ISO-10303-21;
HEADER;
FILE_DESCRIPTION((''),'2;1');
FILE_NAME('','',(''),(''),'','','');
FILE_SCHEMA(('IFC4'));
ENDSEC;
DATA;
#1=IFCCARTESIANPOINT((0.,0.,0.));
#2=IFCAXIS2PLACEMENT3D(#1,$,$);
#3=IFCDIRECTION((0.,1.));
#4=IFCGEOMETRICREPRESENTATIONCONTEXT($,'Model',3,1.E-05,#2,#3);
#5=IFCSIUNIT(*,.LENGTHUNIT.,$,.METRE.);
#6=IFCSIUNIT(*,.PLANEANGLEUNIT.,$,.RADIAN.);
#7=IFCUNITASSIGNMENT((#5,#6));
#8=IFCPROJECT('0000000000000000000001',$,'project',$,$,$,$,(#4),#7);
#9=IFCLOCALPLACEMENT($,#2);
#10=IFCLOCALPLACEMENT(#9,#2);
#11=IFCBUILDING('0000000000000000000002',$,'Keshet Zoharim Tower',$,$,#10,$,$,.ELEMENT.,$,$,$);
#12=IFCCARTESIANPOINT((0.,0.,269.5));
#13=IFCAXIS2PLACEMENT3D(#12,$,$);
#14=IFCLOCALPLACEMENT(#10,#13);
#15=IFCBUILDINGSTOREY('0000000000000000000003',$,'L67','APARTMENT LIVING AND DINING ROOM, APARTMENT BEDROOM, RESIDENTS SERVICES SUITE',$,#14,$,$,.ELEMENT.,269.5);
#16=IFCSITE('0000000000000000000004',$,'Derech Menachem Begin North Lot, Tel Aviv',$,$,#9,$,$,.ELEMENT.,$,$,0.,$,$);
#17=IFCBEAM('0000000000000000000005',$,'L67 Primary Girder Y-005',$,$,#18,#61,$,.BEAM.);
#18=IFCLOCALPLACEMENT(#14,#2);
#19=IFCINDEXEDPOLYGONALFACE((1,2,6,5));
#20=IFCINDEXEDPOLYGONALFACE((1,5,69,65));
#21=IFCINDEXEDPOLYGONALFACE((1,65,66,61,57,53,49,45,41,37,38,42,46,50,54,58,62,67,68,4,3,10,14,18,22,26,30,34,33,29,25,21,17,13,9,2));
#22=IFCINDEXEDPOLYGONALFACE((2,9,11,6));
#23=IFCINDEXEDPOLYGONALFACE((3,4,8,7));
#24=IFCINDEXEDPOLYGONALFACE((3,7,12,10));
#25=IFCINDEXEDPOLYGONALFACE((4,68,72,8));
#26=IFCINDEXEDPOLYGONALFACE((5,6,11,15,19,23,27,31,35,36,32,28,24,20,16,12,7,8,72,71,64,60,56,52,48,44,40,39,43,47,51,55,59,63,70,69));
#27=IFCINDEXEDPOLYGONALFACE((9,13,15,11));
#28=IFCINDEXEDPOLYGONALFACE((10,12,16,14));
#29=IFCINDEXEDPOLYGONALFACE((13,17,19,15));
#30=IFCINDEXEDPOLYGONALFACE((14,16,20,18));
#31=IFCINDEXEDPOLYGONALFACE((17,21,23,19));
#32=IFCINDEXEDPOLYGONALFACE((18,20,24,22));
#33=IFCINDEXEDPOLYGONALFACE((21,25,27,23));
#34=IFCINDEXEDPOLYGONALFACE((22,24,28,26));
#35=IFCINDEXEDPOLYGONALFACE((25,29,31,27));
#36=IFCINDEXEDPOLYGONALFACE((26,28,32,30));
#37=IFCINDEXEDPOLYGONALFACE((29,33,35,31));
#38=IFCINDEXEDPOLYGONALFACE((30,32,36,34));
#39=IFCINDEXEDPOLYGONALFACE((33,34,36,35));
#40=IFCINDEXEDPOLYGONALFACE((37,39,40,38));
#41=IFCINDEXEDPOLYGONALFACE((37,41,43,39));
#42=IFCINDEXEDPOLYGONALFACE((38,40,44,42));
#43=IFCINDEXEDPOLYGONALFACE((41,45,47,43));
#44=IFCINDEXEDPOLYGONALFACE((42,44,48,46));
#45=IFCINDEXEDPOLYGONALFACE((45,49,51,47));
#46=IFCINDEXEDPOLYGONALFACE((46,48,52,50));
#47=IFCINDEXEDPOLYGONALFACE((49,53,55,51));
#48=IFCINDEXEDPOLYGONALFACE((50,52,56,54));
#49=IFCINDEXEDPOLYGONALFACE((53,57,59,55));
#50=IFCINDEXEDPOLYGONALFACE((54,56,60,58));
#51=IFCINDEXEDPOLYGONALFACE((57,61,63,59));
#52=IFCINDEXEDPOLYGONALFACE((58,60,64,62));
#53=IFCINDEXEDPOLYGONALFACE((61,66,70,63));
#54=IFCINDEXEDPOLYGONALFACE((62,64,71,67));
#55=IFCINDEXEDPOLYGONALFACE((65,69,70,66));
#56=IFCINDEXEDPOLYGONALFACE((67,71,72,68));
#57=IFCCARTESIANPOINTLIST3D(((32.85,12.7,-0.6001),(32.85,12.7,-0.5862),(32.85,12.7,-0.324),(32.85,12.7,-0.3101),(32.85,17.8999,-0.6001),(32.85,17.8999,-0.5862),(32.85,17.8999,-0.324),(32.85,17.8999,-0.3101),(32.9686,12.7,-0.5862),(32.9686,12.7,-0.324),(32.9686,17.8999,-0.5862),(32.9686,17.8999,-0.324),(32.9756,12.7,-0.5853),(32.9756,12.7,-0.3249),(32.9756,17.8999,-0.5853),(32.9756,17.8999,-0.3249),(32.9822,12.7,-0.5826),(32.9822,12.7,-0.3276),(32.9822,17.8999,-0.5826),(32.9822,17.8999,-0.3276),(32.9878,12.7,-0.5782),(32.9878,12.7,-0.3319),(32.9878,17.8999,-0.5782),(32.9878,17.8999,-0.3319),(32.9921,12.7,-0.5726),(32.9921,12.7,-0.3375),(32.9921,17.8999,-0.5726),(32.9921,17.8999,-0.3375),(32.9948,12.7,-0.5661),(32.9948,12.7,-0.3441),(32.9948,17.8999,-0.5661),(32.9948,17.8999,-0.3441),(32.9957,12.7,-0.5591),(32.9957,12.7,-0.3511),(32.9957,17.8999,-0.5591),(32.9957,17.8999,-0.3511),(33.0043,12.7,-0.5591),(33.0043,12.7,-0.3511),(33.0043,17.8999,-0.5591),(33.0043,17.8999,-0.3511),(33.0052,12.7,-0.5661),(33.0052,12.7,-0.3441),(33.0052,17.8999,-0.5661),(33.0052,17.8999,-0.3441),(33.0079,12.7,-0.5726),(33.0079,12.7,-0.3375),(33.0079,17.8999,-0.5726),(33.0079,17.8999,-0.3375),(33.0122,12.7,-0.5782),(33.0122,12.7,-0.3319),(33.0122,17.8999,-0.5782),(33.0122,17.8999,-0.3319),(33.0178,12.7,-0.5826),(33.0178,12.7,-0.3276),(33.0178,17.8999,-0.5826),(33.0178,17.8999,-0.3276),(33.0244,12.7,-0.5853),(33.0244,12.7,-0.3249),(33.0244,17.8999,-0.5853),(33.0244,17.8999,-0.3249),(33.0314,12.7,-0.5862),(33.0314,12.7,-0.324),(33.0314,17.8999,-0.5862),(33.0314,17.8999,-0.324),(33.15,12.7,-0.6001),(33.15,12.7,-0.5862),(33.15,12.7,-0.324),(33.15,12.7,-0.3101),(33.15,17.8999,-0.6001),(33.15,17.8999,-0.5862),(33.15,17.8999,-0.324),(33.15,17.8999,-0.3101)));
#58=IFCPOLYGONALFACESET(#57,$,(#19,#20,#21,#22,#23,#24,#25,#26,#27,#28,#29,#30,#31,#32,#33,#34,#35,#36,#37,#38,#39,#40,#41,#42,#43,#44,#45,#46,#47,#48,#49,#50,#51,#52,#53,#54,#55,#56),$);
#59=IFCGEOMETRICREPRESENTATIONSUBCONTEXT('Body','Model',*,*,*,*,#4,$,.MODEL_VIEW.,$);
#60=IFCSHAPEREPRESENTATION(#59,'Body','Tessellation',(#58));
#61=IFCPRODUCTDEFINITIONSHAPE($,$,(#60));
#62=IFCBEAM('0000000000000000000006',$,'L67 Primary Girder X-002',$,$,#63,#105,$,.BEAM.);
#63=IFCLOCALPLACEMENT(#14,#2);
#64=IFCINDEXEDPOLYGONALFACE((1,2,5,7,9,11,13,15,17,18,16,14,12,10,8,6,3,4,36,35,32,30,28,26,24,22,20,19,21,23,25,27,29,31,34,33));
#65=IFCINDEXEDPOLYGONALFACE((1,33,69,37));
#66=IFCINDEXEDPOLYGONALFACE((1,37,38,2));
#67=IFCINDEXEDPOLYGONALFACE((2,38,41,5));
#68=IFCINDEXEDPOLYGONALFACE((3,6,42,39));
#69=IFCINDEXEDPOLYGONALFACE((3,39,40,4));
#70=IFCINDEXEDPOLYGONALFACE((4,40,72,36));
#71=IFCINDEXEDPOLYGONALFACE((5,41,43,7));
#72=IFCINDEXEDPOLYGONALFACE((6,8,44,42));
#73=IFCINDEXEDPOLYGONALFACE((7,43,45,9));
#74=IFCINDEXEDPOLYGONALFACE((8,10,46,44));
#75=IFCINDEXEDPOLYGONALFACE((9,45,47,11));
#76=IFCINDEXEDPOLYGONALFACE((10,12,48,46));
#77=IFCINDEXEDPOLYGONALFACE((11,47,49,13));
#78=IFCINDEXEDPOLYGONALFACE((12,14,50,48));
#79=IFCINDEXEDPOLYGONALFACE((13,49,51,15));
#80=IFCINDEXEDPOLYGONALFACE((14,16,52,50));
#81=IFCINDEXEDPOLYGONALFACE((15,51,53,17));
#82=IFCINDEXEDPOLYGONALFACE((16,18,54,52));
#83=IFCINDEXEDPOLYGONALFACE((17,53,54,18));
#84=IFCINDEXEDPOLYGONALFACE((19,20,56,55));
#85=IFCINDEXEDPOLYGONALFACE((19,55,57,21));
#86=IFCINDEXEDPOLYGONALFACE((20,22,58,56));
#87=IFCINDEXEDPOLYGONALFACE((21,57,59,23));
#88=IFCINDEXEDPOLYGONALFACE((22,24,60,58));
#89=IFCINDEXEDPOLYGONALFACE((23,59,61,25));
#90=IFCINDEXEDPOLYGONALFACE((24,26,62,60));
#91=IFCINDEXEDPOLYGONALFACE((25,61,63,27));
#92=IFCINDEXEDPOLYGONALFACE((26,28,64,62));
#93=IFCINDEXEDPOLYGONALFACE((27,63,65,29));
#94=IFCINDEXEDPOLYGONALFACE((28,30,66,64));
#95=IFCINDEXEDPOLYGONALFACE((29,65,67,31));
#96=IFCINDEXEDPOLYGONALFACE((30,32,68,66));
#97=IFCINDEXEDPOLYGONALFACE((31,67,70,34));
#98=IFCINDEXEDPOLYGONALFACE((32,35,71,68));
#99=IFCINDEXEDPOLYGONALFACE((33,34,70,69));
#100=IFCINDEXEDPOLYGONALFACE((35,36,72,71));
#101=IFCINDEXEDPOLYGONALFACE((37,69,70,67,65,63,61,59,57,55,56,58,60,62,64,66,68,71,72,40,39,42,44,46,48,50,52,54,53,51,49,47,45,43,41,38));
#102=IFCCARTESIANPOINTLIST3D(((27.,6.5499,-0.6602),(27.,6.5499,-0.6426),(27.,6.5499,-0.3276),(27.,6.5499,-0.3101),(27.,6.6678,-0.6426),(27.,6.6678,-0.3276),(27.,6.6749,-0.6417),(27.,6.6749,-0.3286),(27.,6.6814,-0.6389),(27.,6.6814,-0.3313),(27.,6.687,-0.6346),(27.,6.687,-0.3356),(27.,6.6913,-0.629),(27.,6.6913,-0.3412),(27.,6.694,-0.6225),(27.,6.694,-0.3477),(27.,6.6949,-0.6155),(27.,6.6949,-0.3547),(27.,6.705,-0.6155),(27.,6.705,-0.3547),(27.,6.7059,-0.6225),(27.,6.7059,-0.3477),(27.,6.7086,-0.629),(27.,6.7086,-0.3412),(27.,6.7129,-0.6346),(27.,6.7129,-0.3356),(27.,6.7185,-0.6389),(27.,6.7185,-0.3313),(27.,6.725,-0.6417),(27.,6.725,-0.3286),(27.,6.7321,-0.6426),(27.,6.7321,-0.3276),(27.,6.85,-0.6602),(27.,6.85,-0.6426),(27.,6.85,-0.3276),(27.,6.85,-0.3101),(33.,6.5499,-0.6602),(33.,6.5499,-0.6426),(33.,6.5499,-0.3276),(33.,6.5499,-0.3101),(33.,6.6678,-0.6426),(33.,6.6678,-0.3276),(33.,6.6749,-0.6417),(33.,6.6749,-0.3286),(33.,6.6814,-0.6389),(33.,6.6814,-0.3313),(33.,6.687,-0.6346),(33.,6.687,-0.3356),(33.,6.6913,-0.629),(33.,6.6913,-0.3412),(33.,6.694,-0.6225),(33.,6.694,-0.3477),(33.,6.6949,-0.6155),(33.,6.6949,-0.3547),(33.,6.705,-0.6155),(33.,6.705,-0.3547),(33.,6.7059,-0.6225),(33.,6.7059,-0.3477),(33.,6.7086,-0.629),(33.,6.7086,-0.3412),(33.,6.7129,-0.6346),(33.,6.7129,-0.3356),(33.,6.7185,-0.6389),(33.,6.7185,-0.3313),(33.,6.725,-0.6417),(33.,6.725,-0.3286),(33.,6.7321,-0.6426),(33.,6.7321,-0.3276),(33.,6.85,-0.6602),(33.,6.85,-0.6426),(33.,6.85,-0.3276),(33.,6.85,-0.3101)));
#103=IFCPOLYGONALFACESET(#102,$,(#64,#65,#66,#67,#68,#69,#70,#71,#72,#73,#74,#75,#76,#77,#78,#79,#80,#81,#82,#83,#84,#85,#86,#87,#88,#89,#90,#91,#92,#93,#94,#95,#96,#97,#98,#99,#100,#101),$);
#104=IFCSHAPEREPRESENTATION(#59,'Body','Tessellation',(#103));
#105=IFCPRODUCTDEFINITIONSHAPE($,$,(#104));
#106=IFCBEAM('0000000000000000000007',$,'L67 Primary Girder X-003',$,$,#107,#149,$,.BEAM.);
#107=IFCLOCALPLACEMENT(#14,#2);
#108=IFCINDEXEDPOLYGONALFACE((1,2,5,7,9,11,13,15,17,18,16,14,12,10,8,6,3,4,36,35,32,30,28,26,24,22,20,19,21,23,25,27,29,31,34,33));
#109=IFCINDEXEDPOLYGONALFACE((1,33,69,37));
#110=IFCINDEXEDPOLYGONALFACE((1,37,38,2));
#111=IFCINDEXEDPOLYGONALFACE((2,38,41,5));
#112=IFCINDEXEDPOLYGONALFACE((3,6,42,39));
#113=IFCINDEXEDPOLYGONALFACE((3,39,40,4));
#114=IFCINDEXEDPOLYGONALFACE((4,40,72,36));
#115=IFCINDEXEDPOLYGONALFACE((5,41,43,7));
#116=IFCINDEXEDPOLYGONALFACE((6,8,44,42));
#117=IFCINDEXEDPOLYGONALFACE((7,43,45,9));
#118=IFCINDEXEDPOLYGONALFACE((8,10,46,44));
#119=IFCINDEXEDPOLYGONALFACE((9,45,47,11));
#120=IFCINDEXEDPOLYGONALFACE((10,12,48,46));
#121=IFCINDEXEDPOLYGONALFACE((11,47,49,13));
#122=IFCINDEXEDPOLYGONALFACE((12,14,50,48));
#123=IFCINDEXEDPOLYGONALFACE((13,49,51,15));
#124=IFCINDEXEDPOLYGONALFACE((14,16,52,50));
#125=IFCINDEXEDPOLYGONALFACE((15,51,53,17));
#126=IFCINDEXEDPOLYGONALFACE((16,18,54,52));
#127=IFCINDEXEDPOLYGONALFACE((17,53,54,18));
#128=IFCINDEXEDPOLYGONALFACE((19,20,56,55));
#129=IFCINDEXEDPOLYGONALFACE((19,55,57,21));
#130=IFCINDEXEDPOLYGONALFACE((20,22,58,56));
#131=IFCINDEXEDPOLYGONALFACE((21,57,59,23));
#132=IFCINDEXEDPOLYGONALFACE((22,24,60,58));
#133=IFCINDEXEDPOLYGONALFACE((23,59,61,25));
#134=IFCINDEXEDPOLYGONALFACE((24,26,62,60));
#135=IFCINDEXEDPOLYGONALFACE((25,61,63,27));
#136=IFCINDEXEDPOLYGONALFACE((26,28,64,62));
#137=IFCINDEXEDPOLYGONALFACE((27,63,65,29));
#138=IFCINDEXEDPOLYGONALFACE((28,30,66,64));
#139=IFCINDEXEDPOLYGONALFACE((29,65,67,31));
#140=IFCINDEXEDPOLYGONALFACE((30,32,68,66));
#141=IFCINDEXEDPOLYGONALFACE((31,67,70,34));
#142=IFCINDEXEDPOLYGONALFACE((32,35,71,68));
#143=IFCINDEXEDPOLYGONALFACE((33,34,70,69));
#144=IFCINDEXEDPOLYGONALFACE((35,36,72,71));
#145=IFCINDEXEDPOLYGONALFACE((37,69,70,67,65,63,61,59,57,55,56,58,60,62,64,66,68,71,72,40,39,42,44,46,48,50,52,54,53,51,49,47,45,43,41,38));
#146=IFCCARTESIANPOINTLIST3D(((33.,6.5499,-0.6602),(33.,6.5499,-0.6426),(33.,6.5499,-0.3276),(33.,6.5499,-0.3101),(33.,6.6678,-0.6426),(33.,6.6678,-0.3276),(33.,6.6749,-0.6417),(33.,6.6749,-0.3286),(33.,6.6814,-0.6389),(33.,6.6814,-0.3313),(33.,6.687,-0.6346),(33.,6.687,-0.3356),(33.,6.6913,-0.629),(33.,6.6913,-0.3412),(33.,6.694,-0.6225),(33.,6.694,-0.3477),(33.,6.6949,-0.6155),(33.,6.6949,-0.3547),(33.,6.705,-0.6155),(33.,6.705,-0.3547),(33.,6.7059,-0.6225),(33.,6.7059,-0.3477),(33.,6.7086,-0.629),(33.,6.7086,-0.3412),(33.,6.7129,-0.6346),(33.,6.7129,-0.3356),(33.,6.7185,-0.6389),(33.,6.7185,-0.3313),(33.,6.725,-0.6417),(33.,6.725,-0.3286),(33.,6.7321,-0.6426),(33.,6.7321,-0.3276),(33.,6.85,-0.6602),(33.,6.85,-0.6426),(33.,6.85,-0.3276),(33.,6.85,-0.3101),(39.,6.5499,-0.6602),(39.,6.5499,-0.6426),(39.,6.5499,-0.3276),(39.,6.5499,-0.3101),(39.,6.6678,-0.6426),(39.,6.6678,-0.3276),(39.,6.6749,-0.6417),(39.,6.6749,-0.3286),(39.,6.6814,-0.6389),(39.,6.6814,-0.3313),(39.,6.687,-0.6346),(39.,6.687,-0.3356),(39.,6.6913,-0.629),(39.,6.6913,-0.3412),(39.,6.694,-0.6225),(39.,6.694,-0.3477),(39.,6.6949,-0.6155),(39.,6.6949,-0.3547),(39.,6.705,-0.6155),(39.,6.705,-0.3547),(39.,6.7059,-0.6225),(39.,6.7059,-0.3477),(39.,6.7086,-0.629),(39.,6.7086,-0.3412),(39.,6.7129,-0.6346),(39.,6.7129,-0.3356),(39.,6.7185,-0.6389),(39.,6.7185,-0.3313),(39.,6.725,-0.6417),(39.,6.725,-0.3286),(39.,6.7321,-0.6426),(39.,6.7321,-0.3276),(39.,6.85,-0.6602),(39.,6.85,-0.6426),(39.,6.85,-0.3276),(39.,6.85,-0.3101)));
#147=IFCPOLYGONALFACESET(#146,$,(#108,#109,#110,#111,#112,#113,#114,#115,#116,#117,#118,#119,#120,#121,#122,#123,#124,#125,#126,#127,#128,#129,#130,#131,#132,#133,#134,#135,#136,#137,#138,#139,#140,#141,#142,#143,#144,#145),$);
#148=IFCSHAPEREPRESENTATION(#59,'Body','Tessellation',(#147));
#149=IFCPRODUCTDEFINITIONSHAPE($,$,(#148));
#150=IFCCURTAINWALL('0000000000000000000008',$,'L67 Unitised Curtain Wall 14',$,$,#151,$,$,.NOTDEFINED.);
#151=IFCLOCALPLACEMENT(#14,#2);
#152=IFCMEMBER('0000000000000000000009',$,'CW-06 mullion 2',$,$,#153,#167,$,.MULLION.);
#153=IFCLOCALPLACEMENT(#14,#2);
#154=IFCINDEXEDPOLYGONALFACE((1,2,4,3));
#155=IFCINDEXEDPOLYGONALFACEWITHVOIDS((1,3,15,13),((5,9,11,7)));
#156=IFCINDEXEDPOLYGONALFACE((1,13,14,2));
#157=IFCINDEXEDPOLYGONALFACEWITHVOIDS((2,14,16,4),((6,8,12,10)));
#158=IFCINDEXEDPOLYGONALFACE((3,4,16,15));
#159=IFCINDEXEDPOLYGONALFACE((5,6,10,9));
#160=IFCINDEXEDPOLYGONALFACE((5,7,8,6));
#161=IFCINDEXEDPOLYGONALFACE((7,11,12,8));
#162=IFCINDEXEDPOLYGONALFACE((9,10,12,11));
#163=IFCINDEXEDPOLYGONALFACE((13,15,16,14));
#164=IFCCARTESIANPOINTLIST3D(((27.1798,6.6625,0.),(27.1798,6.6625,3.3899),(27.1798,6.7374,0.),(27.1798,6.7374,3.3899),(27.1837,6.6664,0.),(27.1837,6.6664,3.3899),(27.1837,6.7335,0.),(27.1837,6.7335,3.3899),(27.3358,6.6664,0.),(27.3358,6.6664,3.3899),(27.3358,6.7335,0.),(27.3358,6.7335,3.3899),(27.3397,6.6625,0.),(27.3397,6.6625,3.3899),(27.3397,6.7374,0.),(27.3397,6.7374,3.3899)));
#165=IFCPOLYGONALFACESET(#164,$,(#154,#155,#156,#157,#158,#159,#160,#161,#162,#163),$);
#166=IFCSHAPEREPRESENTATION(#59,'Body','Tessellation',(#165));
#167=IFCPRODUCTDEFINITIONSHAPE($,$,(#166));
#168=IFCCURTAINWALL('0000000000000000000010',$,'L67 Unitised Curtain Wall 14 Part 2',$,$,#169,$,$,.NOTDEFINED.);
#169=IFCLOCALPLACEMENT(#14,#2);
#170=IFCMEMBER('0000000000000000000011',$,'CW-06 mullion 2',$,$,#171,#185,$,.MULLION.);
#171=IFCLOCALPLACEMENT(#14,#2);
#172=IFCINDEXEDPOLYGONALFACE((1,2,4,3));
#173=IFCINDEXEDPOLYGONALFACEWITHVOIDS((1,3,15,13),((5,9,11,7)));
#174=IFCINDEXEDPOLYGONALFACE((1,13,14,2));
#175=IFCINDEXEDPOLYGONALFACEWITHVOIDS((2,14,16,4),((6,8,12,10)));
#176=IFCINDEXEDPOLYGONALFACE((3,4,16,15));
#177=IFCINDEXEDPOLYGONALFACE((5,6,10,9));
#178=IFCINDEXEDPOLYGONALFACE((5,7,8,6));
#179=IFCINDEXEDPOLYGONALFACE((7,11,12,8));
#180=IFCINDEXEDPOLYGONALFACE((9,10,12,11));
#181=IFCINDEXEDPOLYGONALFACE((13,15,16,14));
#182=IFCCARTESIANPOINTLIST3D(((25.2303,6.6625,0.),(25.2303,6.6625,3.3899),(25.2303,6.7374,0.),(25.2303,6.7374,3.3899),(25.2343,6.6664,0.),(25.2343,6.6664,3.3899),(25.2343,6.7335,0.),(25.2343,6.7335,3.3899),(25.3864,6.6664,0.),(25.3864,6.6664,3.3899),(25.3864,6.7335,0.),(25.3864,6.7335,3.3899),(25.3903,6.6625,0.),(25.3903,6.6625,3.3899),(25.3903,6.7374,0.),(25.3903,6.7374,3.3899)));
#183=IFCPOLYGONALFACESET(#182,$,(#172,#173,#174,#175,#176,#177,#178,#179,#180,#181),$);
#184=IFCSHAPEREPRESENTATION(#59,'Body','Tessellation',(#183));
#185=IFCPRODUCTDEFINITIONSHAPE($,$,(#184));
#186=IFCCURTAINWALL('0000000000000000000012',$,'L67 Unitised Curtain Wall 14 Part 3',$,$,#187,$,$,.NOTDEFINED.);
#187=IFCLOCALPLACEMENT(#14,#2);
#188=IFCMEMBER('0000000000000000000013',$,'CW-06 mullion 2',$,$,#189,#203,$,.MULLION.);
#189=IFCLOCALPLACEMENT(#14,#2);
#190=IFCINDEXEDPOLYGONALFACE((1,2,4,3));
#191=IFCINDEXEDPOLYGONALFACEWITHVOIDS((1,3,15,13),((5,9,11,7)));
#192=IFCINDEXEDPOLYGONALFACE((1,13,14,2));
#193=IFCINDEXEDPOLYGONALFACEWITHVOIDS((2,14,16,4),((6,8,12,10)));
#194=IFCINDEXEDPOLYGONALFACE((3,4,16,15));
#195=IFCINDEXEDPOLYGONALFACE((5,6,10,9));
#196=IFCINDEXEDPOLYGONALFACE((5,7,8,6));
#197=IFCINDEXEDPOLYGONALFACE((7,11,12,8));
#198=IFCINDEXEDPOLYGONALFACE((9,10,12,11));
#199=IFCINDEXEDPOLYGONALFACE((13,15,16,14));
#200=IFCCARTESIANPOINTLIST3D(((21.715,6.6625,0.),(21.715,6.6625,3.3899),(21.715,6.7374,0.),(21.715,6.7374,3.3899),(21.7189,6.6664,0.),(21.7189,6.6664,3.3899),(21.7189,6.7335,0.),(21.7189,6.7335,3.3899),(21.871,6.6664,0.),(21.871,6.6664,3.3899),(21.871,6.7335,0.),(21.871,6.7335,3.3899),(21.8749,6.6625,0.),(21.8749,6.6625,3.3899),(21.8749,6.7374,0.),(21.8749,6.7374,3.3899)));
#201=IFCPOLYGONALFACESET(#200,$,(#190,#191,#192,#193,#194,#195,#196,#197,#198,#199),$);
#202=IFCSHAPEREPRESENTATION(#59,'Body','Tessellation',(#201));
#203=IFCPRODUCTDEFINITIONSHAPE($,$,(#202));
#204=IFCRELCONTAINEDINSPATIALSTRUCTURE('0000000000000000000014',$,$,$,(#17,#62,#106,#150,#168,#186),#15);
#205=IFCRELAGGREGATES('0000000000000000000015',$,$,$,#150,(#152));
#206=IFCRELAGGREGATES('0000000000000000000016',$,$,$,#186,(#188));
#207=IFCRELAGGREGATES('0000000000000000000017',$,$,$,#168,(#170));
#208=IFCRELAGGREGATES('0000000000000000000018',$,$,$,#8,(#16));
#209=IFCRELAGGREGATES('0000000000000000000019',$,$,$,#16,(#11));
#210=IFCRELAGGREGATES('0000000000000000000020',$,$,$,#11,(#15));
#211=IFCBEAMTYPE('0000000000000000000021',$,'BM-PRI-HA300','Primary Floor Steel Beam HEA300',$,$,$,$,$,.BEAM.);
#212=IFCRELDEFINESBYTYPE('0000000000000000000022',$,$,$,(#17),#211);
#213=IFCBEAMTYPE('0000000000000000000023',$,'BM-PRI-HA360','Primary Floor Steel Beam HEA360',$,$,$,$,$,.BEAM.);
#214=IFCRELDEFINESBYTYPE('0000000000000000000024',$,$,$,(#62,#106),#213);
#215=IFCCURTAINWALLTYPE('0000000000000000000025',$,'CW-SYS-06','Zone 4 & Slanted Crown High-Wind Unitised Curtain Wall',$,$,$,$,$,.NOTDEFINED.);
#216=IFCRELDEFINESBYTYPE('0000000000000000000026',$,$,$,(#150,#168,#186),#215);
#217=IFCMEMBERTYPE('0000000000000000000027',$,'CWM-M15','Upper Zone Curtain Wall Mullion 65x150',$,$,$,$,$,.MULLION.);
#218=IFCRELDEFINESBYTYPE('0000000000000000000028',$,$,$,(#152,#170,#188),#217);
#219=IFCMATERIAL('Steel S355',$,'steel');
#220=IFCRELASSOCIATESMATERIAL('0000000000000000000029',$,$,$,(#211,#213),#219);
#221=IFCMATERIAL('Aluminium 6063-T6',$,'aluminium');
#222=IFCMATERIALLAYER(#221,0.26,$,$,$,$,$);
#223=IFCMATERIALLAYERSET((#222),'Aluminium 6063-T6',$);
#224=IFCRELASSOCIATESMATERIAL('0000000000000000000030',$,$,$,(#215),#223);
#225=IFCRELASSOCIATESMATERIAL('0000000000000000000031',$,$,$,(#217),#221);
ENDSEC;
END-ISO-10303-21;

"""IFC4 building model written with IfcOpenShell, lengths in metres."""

from ifc_helpers import new_model, si_unit, direction, frame, origin, origin_2d, place, context, subcontext, project, spatial, hollow_rectangle, i_section, extrude, material, layer, layer_set, material_profile, profile_set, type_object, element, aggregate, save


model = new_model("IFC4")

# Units and contexts
model_context = context("Model", 3, precision=1e-05, world=origin(), true_north=direction((0.0, 1.0)))
body_context = subcontext(model_context, "Body", "Model", "MODEL_VIEW")
ifc_project = project(units=[si_unit("LENGTHUNIT", "METRE"), si_unit("PLANEANGLEUNIT", "RADIAN")], contexts=[model_context])

# Site, building, storey
site_placement = place(None, origin())
site = spatial("IfcSite", under=ifc_project, at=site_placement, Name="Derech Menachem Begin North Lot, Tel Aviv", CompositionType="ELEMENT", RefElevation=0.0)
building_placement = place(site_placement, origin())
building = spatial("IfcBuilding", under=site, at=building_placement, Name="Keshet Zoharim Tower", CompositionType="ELEMENT")
storey_placement = place(building_placement, frame((0.0, 0.0, 269.5)))
storey = spatial("IfcBuildingStorey", under=building, at=storey_placement, Name="L67", Description="APARTMENT LIVING AND DINING ROOM, APARTMENT BEDROOM, RESIDENTS SERVICES SUITE", CompositionType="ELEMENT", Elevation=269.5)

# Shared definitions
ifc_material_1 = material(Name="Steel S355", Category="steel")

# Beams
ifc_material_profile_1 = material_profile(ifc_material_1, i_section(OverallWidth=0.3, OverallDepth=0.29, WebThickness=0.0085, FlangeThickness=0.0139, FilletRadius=0.0271, at=origin_2d()), Name="HEA300")
ifc_profile_set_1 = profile_set([ifc_material_profile_1], Name="Steel S355")
beam_type_1 = type_object("IfcBeamType", Name="BM-PRI-HA300", Description="Primary Floor Steel Beam HEA300", PredefinedType="BEAM", material=ifc_profile_set_1)
beam_1_placement = place(storey_placement, frame((33.0, 12.7, -0.4551), z_axis=(0.0, 1.0, 0.0), x_axis=(-1.0, 0.0, 0.0)))
element("IfcBeam", 1, at=beam_1_placement, inside=storey, type_object=beam_type_1, Name="L67 Primary Girder Y-005", PredefinedType="BEAM", context=body_context, shape_type="SweptSolid", body=[
    extrude(i_section(OverallWidth=0.3, OverallDepth=0.29, WebThickness=0.0085, FlangeThickness=0.0139, FilletRadius=0.0271, at=origin_2d()), origin(), (0.0, 0.0, 1.0), 5.2),
])
ifc_material_profile_2 = material_profile(ifc_material_1, i_section(OverallWidth=0.3, OverallDepth=0.3501, WebThickness=0.01, FlangeThickness=0.0176, FilletRadius=0.0271, at=origin_2d()), Name="HEA360")
ifc_profile_set_2 = profile_set([ifc_material_profile_2], Name="Steel S355")
beam_type_2 = type_object("IfcBeamType", Name="BM-PRI-HA360", Description="Primary Floor Steel Beam HEA360", PredefinedType="BEAM", material=ifc_profile_set_2)
for number, where, z_axis, x_axis, name in (
    (2, (27.0, 6.7, -0.4851), (1.0, 0.0, 0.0), (0.0, 1.0, 0.0), "L67 Primary Girder X-002"),
    (3, (33.0, 6.7, -0.4851), (1.0, 0.0, 0.0), (0.0, 1.0, 0.0), "L67 Primary Girder X-003"),
):
    element("IfcBeam", number, at=place(storey_placement, frame(where, z_axis=z_axis, x_axis=x_axis)), inside=storey, type_object=beam_type_2, Name=name, PredefinedType="BEAM", context=body_context, shape_type="SweptSolid", body=[
        extrude(i_section(OverallWidth=0.3, OverallDepth=0.3501, WebThickness=0.01, FlangeThickness=0.0176, FilletRadius=0.0271, at=origin_2d()), origin(), (0.0, 0.0, 1.0), 6.0),
    ])

# Curtain walls, members
ifc_material_2 = material(Name="Aluminium 6063-T6", Category="aluminium")
ifc_layer_1 = layer(ifc_material_2, 0.26)
ifc_layer_set_1 = layer_set([ifc_layer_1], Name="Aluminium 6063-T6")
curtain_wall_type = type_object("IfcCurtainWallType", Name="CW-SYS-06", Description="Zone 4 & Slanted Crown High-Wind Unitised Curtain Wall", PredefinedType="NOTDEFINED", material=ifc_layer_set_1)
curtain_wall_1_placement = place(storey_placement, origin())
curtain_wall_1 = element("IfcCurtainWall", 4, at=curtain_wall_1_placement, inside=storey, type_object=curtain_wall_type, Name="L67 Unitised Curtain Wall 14", PredefinedType="NOTDEFINED")
ifc_material_profile_3 = material_profile(ifc_material_2, hollow_rectangle(XDim=0.075, YDim=0.1599, WallThickness=0.0039, at=origin_2d()), Name="MUL-75x160")
ifc_profile_set_3 = profile_set([ifc_material_profile_3], Name="Aluminium 6063-T6")
member_type_1 = type_object("IfcMemberType", Name="CWM-M15", Description="Upper Zone Curtain Wall Mullion 65x150", PredefinedType="MULLION", material=ifc_profile_set_3)
member_1_placement = place(storey_placement, frame((27.2598, 6.7, 0.0), z_axis=(0.0, 0.0, 1.0), x_axis=(0.0, -1.0, 0.0)))
member_1 = element("IfcMember", 5, at=member_1_placement, type_object=member_type_1, Name="CW-06 mullion 2", PredefinedType="MULLION", context=body_context, shape_type="SweptSolid", body=[
    extrude(hollow_rectangle(XDim=0.075, YDim=0.1599, WallThickness=0.0039, at=origin_2d()), origin(), (0.0, 0.0, 1.0), 3.3899),
])
aggregate(curtain_wall_1, [member_1])
curtain_wall_2_placement = place(storey_placement, origin())
curtain_wall_2 = element("IfcCurtainWall", 6, at=curtain_wall_2_placement, inside=storey, type_object=curtain_wall_type, Name="L67 Unitised Curtain Wall 14 Part 2", PredefinedType="NOTDEFINED")
member_2_placement = place(storey_placement, frame((25.3103, 6.7, 0.0), z_axis=(0.0, 0.0, 1.0), x_axis=(0.0, -1.0, 0.0)))
member_2 = element("IfcMember", 7, at=member_2_placement, type_object=member_type_1, Name="CW-06 mullion 2", PredefinedType="MULLION", context=body_context, shape_type="SweptSolid", body=[
    extrude(hollow_rectangle(XDim=0.075, YDim=0.1599, WallThickness=0.0039, at=origin_2d()), origin(), (0.0, 0.0, 1.0), 3.3899),
])
curtain_wall_3_placement = place(storey_placement, origin())
curtain_wall_3 = element("IfcCurtainWall", 8, at=curtain_wall_3_placement, inside=storey, type_object=curtain_wall_type, Name="L67 Unitised Curtain Wall 14 Part 3", PredefinedType="NOTDEFINED")
member_3_placement = place(storey_placement, frame((21.7949, 6.7, 0.0), z_axis=(0.0, 0.0, 1.0), x_axis=(0.0, -1.0, 0.0)))
member_3 = element("IfcMember", 9, at=member_3_placement, type_object=member_type_1, Name="CW-06 mullion 2", PredefinedType="MULLION", context=body_context, shape_type="SweptSolid", body=[
    extrude(hollow_rectangle(XDim=0.075, YDim=0.1599, WallThickness=0.0039, at=origin_2d()), origin(), (0.0, 0.0, 1.0), 3.3899),
])

aggregate(curtain_wall_3, [member_3])
aggregate(curtain_wall_2, [member_2])

save(model, "model.ifc")
